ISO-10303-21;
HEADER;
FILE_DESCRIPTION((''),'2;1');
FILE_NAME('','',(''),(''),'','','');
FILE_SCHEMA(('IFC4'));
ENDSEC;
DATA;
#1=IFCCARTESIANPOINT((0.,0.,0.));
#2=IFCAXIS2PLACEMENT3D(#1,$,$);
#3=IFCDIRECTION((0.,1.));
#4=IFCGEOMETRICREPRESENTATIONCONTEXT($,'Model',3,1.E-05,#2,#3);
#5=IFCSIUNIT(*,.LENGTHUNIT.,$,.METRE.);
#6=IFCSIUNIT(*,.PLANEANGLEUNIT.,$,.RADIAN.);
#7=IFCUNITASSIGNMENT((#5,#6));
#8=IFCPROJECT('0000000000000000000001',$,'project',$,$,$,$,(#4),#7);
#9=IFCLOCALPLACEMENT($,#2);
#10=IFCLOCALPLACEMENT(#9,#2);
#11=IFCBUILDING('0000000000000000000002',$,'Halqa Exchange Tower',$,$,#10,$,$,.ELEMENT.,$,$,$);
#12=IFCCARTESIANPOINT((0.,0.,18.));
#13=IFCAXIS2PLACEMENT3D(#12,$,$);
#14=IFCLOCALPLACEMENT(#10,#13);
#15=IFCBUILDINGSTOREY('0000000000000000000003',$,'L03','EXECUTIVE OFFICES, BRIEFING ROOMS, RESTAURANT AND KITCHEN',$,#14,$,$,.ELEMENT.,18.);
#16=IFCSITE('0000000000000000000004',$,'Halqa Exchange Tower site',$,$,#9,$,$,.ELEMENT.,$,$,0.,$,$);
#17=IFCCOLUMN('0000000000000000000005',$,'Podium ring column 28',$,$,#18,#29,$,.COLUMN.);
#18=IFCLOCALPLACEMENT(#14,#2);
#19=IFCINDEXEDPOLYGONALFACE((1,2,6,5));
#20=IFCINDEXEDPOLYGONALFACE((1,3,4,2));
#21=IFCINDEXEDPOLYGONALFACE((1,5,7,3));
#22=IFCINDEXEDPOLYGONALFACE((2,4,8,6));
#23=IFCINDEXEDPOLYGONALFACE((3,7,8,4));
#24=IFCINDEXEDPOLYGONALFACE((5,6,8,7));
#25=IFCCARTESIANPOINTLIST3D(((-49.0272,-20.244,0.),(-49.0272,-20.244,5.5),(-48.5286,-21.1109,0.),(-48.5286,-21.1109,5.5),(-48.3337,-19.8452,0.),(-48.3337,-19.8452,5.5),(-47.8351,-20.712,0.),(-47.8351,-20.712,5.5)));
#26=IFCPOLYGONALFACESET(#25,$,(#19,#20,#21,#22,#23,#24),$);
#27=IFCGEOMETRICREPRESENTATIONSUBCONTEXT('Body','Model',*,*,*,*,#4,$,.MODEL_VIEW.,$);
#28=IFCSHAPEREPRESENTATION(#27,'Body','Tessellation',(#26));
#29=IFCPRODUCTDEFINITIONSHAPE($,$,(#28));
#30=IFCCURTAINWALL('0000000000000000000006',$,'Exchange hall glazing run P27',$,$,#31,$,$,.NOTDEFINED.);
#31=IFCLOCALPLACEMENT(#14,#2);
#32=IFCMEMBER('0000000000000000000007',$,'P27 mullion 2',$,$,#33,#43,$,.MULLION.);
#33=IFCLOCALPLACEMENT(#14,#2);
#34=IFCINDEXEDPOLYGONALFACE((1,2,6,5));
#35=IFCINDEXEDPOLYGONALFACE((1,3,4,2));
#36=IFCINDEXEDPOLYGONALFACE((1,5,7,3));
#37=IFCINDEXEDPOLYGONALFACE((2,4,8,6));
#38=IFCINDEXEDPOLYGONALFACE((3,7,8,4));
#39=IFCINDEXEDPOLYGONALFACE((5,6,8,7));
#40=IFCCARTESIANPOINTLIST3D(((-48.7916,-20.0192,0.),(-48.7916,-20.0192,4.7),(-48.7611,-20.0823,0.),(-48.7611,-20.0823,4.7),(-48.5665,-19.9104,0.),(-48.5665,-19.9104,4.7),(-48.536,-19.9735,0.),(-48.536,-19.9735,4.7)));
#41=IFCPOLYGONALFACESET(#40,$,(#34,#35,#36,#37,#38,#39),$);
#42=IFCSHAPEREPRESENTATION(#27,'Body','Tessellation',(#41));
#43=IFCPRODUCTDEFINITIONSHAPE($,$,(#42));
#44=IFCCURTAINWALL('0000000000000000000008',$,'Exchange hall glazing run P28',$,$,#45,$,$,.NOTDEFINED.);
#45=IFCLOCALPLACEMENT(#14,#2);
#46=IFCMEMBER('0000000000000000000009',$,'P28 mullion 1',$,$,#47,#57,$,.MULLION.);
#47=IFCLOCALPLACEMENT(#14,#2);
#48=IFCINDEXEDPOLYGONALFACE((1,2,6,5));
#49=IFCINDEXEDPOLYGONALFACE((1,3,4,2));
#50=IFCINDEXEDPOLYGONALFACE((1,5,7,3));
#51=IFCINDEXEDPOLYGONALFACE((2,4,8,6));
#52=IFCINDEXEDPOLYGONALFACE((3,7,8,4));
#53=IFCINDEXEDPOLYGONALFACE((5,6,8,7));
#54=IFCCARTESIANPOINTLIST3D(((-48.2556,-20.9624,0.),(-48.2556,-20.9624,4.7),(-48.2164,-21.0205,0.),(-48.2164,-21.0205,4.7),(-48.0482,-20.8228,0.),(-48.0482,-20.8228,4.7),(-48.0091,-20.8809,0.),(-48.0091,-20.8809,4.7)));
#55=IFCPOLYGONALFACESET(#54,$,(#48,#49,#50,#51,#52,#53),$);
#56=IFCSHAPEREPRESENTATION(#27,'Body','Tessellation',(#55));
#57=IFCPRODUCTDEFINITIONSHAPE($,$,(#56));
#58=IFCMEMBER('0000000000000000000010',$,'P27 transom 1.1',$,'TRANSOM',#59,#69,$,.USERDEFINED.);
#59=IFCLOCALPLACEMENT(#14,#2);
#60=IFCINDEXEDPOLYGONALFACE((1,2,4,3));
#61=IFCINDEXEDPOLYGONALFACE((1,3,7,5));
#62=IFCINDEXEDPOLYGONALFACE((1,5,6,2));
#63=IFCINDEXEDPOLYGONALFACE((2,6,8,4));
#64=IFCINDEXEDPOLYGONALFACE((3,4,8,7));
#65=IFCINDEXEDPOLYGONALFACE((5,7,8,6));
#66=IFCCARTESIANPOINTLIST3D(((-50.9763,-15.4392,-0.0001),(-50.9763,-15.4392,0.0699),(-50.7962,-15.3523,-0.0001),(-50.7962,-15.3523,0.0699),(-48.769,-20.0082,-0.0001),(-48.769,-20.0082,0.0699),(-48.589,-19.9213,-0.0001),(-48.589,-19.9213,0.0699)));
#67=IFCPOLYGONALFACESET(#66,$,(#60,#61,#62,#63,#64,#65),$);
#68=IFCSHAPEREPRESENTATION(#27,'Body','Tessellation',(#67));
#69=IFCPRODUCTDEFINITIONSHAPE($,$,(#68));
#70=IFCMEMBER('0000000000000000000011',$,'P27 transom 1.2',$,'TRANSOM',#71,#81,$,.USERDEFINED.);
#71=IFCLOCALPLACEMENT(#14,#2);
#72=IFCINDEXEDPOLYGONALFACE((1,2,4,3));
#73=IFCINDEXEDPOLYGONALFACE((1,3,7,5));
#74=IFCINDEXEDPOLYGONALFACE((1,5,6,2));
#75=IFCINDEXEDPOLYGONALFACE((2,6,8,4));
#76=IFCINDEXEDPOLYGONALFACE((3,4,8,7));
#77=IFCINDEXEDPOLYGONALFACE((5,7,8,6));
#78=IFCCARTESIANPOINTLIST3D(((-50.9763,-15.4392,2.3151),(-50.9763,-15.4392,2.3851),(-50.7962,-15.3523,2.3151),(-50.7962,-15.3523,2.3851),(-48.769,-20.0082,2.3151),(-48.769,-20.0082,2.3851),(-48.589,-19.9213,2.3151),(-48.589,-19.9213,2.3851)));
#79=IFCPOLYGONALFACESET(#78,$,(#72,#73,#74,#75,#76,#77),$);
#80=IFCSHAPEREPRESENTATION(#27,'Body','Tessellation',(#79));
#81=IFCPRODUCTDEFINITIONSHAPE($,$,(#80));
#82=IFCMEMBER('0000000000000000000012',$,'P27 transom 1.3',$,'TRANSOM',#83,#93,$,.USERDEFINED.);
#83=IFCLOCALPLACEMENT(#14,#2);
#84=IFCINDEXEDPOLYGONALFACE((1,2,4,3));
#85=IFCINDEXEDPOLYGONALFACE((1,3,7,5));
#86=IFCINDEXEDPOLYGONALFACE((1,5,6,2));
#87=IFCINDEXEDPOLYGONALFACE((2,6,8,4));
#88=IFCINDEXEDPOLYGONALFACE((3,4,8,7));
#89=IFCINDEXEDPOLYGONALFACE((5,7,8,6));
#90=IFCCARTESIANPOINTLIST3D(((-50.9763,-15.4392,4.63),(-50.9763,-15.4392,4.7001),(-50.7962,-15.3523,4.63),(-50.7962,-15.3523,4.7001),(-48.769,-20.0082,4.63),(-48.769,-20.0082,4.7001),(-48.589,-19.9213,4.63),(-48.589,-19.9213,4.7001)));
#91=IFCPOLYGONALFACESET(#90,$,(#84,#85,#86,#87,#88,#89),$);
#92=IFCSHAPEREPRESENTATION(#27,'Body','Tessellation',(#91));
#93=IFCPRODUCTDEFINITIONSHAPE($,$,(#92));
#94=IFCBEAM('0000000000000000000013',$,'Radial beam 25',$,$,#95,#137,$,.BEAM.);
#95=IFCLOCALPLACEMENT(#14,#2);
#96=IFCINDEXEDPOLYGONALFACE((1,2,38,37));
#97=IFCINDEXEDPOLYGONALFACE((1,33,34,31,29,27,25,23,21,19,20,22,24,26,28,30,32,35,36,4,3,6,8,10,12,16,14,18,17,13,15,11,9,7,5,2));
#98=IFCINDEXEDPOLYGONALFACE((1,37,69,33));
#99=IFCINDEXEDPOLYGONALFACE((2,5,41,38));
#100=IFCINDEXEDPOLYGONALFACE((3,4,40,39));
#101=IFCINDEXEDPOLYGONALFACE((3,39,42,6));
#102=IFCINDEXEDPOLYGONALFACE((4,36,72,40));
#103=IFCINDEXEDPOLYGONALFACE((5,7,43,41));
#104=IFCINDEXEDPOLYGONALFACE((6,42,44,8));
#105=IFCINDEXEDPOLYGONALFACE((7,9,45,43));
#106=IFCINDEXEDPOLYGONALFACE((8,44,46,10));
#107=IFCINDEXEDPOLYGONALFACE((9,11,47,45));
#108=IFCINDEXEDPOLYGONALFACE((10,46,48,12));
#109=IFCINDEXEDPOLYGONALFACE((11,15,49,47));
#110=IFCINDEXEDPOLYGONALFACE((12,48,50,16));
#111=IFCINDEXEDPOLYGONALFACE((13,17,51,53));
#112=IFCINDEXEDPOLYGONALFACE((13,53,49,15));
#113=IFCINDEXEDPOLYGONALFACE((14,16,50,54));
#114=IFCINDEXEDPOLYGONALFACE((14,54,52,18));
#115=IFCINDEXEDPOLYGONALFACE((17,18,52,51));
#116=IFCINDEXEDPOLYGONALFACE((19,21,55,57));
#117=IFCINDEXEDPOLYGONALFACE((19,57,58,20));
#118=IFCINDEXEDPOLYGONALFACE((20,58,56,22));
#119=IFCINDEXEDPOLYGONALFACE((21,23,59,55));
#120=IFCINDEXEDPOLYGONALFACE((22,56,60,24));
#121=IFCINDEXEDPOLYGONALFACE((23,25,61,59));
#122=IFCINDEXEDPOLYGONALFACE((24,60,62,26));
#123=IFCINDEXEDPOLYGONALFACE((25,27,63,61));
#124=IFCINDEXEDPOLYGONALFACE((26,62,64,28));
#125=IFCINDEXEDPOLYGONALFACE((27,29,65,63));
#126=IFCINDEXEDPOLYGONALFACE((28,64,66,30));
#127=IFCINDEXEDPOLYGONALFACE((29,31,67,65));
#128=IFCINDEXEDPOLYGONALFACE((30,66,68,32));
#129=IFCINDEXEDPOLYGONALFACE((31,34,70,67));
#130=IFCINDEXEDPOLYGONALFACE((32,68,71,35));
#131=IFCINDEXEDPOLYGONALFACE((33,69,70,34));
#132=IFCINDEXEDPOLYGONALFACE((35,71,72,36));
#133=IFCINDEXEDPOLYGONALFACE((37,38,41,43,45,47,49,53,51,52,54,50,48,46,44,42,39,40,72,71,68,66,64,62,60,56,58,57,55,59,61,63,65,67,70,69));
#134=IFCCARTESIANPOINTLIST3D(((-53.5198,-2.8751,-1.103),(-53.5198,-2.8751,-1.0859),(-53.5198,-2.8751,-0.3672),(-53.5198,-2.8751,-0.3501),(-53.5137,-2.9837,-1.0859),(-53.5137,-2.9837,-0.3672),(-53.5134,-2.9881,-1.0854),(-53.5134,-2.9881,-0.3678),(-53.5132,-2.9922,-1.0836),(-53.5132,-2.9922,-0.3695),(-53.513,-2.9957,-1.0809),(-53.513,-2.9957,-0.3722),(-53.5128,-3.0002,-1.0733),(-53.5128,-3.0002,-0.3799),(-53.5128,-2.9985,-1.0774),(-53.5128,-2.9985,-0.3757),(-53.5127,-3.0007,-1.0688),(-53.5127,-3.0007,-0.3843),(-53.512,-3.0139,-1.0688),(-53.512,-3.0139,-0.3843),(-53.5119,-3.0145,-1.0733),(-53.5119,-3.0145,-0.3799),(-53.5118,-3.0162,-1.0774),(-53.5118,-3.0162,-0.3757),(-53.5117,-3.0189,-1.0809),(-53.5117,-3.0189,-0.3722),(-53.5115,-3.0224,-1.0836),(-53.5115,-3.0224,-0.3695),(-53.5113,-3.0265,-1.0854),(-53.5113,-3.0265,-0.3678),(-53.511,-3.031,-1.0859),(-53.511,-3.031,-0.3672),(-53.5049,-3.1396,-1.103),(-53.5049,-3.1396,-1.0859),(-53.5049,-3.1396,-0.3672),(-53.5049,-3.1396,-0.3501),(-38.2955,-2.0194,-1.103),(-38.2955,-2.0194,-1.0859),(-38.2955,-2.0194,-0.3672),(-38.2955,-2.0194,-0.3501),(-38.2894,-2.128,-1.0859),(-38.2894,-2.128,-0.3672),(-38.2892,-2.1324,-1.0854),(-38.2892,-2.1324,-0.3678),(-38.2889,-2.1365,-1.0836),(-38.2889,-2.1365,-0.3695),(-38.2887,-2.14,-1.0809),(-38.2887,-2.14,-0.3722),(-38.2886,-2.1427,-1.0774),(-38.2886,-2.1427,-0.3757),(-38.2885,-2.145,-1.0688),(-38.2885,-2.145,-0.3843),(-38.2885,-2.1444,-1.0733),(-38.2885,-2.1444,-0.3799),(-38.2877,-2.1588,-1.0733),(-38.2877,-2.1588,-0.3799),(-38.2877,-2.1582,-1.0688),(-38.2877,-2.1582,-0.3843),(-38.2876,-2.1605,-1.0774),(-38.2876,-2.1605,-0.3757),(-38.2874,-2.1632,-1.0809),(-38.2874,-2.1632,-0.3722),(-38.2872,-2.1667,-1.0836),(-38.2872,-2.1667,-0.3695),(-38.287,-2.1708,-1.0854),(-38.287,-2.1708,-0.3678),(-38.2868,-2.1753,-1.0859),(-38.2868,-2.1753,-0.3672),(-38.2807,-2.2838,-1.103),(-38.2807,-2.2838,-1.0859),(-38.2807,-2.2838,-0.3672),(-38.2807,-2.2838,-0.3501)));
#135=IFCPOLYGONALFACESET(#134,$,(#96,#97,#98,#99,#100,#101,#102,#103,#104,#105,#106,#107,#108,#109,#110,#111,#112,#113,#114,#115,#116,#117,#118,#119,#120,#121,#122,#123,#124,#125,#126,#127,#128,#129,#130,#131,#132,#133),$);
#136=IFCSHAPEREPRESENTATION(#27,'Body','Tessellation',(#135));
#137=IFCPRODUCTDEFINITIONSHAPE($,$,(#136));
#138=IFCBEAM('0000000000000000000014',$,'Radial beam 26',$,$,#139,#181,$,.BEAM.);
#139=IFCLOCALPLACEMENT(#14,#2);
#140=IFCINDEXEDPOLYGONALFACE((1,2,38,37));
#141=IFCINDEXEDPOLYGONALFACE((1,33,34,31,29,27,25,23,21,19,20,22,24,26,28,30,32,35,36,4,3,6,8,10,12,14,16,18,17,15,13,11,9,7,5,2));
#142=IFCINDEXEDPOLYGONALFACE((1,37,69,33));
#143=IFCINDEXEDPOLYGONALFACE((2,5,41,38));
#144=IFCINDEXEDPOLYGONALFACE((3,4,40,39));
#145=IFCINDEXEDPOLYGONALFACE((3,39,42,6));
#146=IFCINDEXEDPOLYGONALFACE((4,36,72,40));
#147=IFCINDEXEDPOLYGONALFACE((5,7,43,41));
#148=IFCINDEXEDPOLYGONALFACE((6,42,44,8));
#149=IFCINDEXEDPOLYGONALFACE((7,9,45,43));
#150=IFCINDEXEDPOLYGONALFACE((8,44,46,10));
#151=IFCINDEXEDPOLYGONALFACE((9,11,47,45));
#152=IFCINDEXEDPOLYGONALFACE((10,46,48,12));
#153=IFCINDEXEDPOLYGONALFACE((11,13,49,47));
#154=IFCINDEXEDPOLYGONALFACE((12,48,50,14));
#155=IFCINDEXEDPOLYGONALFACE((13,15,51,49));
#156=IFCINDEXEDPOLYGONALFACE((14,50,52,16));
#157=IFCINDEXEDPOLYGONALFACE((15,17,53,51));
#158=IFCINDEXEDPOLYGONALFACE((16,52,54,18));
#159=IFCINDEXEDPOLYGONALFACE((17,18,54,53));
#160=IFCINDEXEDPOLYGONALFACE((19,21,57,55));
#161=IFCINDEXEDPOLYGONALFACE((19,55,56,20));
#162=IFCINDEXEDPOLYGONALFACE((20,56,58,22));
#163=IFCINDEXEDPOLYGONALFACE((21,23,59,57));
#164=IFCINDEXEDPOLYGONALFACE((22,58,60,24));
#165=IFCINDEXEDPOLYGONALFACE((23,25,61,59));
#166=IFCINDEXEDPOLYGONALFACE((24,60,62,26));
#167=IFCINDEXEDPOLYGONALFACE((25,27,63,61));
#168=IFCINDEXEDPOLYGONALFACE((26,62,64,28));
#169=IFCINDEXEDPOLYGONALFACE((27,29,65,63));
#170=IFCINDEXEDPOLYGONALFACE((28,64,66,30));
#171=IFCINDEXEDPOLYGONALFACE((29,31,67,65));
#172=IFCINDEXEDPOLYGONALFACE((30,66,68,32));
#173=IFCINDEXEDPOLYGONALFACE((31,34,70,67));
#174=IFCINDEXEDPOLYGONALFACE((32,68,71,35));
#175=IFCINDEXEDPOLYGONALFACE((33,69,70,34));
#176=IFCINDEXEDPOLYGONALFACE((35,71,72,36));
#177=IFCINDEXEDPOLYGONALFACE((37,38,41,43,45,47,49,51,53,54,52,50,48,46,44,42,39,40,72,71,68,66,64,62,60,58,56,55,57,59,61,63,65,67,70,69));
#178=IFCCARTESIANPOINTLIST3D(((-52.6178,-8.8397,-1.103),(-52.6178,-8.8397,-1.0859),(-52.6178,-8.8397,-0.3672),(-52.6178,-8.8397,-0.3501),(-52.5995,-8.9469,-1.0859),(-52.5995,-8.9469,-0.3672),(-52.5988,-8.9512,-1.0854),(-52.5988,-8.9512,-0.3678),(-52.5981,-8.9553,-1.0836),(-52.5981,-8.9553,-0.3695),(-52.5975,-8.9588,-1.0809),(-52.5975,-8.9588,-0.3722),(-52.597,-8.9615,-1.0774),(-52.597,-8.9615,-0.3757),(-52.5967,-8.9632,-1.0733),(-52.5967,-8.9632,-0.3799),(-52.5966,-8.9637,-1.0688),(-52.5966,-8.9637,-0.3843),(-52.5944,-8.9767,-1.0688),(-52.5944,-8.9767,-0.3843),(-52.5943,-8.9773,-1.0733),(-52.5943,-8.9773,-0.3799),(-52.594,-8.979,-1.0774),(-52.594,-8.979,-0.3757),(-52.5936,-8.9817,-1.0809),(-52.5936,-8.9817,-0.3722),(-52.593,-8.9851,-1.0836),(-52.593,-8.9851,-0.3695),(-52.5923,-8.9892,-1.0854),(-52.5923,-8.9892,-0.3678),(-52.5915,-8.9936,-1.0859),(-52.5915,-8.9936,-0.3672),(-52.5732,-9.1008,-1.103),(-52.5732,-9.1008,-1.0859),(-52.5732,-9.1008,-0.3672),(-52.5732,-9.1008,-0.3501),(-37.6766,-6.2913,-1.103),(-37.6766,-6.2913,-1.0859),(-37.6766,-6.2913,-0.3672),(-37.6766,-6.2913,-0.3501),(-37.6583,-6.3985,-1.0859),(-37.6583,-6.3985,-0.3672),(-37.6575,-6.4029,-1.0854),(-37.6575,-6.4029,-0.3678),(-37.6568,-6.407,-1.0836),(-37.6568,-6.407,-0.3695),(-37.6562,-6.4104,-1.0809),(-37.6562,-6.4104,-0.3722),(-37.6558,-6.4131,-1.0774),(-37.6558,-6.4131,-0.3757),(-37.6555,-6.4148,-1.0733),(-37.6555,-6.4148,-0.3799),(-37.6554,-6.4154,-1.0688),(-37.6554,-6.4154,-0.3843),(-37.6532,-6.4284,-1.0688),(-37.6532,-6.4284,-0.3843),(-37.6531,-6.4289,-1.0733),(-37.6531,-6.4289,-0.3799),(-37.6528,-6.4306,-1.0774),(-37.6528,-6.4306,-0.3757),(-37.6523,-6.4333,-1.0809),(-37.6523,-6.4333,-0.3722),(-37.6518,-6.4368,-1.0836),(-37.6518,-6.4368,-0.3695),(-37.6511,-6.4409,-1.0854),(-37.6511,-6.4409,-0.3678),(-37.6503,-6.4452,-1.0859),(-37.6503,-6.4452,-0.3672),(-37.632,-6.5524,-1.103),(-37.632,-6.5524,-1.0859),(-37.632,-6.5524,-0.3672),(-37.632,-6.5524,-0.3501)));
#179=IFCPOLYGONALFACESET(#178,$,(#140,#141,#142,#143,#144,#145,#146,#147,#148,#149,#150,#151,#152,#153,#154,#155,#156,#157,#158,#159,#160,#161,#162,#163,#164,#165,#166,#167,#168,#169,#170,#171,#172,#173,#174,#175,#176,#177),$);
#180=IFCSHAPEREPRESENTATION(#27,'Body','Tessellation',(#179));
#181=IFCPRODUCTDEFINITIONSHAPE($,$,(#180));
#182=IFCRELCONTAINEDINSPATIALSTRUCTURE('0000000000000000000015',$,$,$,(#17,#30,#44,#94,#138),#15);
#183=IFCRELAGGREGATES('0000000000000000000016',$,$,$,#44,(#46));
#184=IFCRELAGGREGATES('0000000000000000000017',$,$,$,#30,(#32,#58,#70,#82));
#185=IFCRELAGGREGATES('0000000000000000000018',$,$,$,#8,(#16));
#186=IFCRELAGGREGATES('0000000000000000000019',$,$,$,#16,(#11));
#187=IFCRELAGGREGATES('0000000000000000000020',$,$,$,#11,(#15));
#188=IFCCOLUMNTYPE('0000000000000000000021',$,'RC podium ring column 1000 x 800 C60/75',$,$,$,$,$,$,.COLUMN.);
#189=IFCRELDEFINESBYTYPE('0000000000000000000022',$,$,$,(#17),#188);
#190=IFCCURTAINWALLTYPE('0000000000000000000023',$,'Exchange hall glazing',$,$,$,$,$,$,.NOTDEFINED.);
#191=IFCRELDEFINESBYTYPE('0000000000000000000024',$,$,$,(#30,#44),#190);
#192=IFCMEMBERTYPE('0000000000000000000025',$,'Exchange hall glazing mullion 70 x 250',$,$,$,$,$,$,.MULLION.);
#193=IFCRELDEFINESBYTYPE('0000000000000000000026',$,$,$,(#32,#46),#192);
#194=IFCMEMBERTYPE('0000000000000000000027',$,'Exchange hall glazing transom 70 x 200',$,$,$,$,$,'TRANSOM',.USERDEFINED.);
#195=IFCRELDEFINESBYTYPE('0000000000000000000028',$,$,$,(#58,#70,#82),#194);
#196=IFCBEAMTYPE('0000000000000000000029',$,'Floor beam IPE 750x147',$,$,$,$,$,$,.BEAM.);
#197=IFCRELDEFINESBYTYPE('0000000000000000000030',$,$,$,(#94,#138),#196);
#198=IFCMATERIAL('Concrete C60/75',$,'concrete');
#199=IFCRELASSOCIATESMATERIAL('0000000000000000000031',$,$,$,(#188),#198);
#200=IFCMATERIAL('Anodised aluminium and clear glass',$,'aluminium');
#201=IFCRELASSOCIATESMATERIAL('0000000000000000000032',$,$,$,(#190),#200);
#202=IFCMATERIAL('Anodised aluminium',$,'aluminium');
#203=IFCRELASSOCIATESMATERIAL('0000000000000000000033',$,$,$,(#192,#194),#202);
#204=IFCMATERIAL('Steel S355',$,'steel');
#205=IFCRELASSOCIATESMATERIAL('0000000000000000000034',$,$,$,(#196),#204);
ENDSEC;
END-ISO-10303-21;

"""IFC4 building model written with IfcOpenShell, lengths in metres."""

from ifc_helpers import new_model, si_unit, direction, frame, origin, origin_2d, place, context, subcontext, project, spatial, rectangle, i_section, extrude, material, material_profile, profile_set, type_object, element, aggregate, save


model = new_model("IFC4")

# Units and contexts
model_context = context("Model", 3, precision=1e-05, world=origin(), true_north=direction((0.0, 1.0)))
body_context = subcontext(model_context, "Body", "Model", "MODEL_VIEW")
ifc_project = project(units=[si_unit("LENGTHUNIT", "METRE"), si_unit("PLANEANGLEUNIT", "RADIAN")], contexts=[model_context])

# Site, building, storey
site_placement = place(None, origin())
site = spatial("IfcSite", under=ifc_project, at=site_placement, Name="Halqa Exchange Tower site", CompositionType="ELEMENT", RefElevation=0.0)
building_placement = place(site_placement, origin())
building = spatial("IfcBuilding", under=site, at=building_placement, Name="Halqa Exchange Tower", CompositionType="ELEMENT")
storey_placement = place(building_placement, frame((0.0, 0.0, 18.0)))
storey = spatial("IfcBuildingStorey", under=building, at=storey_placement, Name="L03", Description="EXECUTIVE OFFICES, BRIEFING ROOMS, RESTAURANT AND KITCHEN", CompositionType="ELEMENT", Elevation=18.0)

# Column
ifc_material_1 = material(Name="Concrete C60/75", Category="concrete")
ifc_material_profile_1 = material_profile(ifc_material_1, rectangle(XDim=1.0, YDim=0.8, at=origin_2d()), Name="1000 x 800")
ifc_profile_set_1 = profile_set([ifc_material_profile_1], Name="Concrete C60/75")
column_type = type_object("IfcColumnType", Name="RC podium ring column 1000 x 800 C60/75", PredefinedType="COLUMN", material=ifc_profile_set_1)
column_placement = place(storey_placement, frame((-48.4312, -20.478, 0.0), z_axis=(0.0, 0.0, 1.0), x_axis=(0.498569, -0.86685, 0.0)))
element("IfcColumn", 1, at=column_placement, inside=storey, type_object=column_type, Name="Podium ring column 28", PredefinedType="COLUMN", context=body_context, shape_type="SweptSolid", body=[
    extrude(rectangle(XDim=1.0, YDim=0.8, at=origin_2d()), origin(), (0.0, 0.0, 1.0), 5.5),
])

# Curtain walls, members
ifc_material_2 = material(Name="Anodised aluminium and clear glass", Category="aluminium")
curtain_wall_type = type_object("IfcCurtainWallType", Name="Exchange hall glazing", PredefinedType="NOTDEFINED", material=ifc_material_2)
curtain_wall_1_placement = place(storey_placement, origin())
curtain_wall_1 = element("IfcCurtainWall", 2, at=curtain_wall_1_placement, inside=storey, type_object=curtain_wall_type, Name="Exchange hall glazing run P27", PredefinedType="NOTDEFINED")
ifc_material_3 = material(Name="Anodised aluminium", Category="aluminium")
ifc_material_profile_2 = material_profile(ifc_material_3, rectangle(XDim=0.25, YDim=0.0701, at=origin_2d()), Name="AL 70x250")
ifc_profile_set_2 = profile_set([ifc_material_profile_2], Name="Anodised aluminium")
member_type_1 = type_object("IfcMemberType", Name="Exchange hall glazing mullion 70 x 250", PredefinedType="MULLION", material=ifc_profile_set_2)
member_1_placement = place(storey_placement, frame((-48.6638, -19.9963, 0.0), z_axis=(0.0, 0.0, 1.0), x_axis=(0.900435, 0.43499, 0.0)))
member_1 = element("IfcMember", 3, at=member_1_placement, type_object=member_type_1, Name="P27 mullion 2", PredefinedType="MULLION", context=body_context, shape_type="SweptSolid", body=[
    extrude(rectangle(XDim=0.25, YDim=0.0701, at=origin_2d()), origin(), (0.0, 0.0, 1.0), 4.7),
])
curtain_wall_2_placement = place(storey_placement, origin())
curtain_wall_2 = element("IfcCurtainWall", 4, at=curtain_wall_2_placement, inside=storey, type_object=curtain_wall_type, Name="Exchange hall glazing run P28", PredefinedType="NOTDEFINED")
member_2_placement = place(storey_placement, frame((-48.1323, -20.9216, 0.0), z_axis=(0.0, 0.0, 1.0), x_axis=(0.82949, 0.558522, 0.0)))
member_2 = element("IfcMember", 5, at=member_2_placement, type_object=member_type_1, Name="P28 mullion 1", PredefinedType="MULLION", context=body_context, shape_type="SweptSolid", body=[
    extrude(rectangle(XDim=0.25, YDim=0.0701, at=origin_2d()), origin(), (0.0, 0.0, 1.0), 4.7),
])
aggregate(curtain_wall_2, [member_2])

# Members
ifc_material_profile_3 = material_profile(ifc_material_3, rectangle(XDim=0.2, YDim=0.0701, at=origin_2d()), Name="AL 70x200")
ifc_profile_set_3 = profile_set([ifc_material_profile_3], Name="Anodised aluminium")
member_type_2 = type_object("IfcMemberType", Name="Exchange hall glazing transom 70 x 200", ElementType="TRANSOM", PredefinedType="USERDEFINED", material=ifc_profile_set_3)
member_3_placement = place(storey_placement, frame((-50.8862, -15.3958, 0.0349), z_axis=(0.43499, -0.900435, 0.0), x_axis=(0.900435, 0.43499, 0.0)))
member_3 = element("IfcMember", 6, at=member_3_placement, type_object=member_type_2, Name="P27 transom 1.1", ObjectType="TRANSOM", PredefinedType="USERDEFINED", context=body_context, shape_type="SweptSolid", body=[
    extrude(rectangle(XDim=0.2, YDim=0.0701, at=origin_2d()), origin(), (0.0, 0.0, 1.0), 5.0742),
])
member_4_placement = place(storey_placement, frame((-50.8862, -15.3958, 2.3501), z_axis=(0.43499, -0.900435, 0.0), x_axis=(0.900435, 0.43499, 0.0)))
member_4 = element("IfcMember", 7, at=member_4_placement, type_object=member_type_2, Name="P27 transom 1.2", ObjectType="TRANSOM", PredefinedType="USERDEFINED", context=body_context, shape_type="SweptSolid", body=[
    extrude(rectangle(XDim=0.2, YDim=0.0701, at=origin_2d()), origin(), (0.0, 0.0, 1.0), 5.0742),
])
member_5_placement = place(storey_placement, frame((-50.8862, -15.3958, 4.665), z_axis=(0.43499, -0.900435, 0.0), x_axis=(0.900435, 0.43499, 0.0)))
member_5 = element("IfcMember", 8, at=member_5_placement, type_object=member_type_2, Name="P27 transom 1.3", ObjectType="TRANSOM", PredefinedType="USERDEFINED", context=body_context, shape_type="SweptSolid", body=[
    extrude(rectangle(XDim=0.2, YDim=0.0701, at=origin_2d()), origin(), (0.0, 0.0, 1.0), 5.0742),
])

# Beams
ifc_material_4 = material(Name="Steel S355", Category="steel")
ifc_material_profile_4 = material_profile(ifc_material_4, i_section(OverallWidth=0.2649, OverallDepth=0.7529, WebThickness=0.0132, FlangeThickness=0.0171, FilletRadius=0.0171, at=origin_2d()), Name="IPE 750x147")
ifc_profile_set_4 = profile_set([ifc_material_profile_4], Name="Steel S355")
beam_type_1 = type_object("IfcBeamType", Name="Floor beam IPE 750x147", PredefinedType="BEAM", material=ifc_profile_set_4)
beam_1_placement = place(storey_placement, frame((-38.2881, -2.1516, -0.7266), z_axis=(-0.998424, -0.056118, 0.0), x_axis=(0.056118, -0.998424, 0.0)))
element("IfcBeam", 9, at=beam_1_placement, inside=storey, type_object=beam_type_1, Name="Radial beam 25", PredefinedType="BEAM", context=body_context, shape_type="SweptSolid", body=[
    extrude(i_section(OverallWidth=0.2649, OverallDepth=0.7529, WebThickness=0.0132, FlangeThickness=0.0171, FilletRadius=0.0171, at=origin_2d()), origin(), (0.0, 0.0, 1.0), 15.2483),
])
beam_2_placement = place(storey_placement, frame((-37.6543, -6.4219, -0.7266), z_axis=(-0.985765, -0.16813, 0.0), x_axis=(0.16813, -0.985765, 0.0)))
element("IfcBeam", 10, at=beam_2_placement, inside=storey, type_object=beam_type_1, Name="Radial beam 26", PredefinedType="BEAM", context=body_context, shape_type="SweptSolid", body=[
    extrude(i_section(OverallWidth=0.2649, OverallDepth=0.7529, WebThickness=0.0132, FlangeThickness=0.0171, FilletRadius=0.0171, at=origin_2d()), origin(), (0.0, 0.0, 1.0), 15.157),
])

aggregate(curtain_wall_1, [member_1, member_3, member_4, member_5])

save(model, "model.ifc")
